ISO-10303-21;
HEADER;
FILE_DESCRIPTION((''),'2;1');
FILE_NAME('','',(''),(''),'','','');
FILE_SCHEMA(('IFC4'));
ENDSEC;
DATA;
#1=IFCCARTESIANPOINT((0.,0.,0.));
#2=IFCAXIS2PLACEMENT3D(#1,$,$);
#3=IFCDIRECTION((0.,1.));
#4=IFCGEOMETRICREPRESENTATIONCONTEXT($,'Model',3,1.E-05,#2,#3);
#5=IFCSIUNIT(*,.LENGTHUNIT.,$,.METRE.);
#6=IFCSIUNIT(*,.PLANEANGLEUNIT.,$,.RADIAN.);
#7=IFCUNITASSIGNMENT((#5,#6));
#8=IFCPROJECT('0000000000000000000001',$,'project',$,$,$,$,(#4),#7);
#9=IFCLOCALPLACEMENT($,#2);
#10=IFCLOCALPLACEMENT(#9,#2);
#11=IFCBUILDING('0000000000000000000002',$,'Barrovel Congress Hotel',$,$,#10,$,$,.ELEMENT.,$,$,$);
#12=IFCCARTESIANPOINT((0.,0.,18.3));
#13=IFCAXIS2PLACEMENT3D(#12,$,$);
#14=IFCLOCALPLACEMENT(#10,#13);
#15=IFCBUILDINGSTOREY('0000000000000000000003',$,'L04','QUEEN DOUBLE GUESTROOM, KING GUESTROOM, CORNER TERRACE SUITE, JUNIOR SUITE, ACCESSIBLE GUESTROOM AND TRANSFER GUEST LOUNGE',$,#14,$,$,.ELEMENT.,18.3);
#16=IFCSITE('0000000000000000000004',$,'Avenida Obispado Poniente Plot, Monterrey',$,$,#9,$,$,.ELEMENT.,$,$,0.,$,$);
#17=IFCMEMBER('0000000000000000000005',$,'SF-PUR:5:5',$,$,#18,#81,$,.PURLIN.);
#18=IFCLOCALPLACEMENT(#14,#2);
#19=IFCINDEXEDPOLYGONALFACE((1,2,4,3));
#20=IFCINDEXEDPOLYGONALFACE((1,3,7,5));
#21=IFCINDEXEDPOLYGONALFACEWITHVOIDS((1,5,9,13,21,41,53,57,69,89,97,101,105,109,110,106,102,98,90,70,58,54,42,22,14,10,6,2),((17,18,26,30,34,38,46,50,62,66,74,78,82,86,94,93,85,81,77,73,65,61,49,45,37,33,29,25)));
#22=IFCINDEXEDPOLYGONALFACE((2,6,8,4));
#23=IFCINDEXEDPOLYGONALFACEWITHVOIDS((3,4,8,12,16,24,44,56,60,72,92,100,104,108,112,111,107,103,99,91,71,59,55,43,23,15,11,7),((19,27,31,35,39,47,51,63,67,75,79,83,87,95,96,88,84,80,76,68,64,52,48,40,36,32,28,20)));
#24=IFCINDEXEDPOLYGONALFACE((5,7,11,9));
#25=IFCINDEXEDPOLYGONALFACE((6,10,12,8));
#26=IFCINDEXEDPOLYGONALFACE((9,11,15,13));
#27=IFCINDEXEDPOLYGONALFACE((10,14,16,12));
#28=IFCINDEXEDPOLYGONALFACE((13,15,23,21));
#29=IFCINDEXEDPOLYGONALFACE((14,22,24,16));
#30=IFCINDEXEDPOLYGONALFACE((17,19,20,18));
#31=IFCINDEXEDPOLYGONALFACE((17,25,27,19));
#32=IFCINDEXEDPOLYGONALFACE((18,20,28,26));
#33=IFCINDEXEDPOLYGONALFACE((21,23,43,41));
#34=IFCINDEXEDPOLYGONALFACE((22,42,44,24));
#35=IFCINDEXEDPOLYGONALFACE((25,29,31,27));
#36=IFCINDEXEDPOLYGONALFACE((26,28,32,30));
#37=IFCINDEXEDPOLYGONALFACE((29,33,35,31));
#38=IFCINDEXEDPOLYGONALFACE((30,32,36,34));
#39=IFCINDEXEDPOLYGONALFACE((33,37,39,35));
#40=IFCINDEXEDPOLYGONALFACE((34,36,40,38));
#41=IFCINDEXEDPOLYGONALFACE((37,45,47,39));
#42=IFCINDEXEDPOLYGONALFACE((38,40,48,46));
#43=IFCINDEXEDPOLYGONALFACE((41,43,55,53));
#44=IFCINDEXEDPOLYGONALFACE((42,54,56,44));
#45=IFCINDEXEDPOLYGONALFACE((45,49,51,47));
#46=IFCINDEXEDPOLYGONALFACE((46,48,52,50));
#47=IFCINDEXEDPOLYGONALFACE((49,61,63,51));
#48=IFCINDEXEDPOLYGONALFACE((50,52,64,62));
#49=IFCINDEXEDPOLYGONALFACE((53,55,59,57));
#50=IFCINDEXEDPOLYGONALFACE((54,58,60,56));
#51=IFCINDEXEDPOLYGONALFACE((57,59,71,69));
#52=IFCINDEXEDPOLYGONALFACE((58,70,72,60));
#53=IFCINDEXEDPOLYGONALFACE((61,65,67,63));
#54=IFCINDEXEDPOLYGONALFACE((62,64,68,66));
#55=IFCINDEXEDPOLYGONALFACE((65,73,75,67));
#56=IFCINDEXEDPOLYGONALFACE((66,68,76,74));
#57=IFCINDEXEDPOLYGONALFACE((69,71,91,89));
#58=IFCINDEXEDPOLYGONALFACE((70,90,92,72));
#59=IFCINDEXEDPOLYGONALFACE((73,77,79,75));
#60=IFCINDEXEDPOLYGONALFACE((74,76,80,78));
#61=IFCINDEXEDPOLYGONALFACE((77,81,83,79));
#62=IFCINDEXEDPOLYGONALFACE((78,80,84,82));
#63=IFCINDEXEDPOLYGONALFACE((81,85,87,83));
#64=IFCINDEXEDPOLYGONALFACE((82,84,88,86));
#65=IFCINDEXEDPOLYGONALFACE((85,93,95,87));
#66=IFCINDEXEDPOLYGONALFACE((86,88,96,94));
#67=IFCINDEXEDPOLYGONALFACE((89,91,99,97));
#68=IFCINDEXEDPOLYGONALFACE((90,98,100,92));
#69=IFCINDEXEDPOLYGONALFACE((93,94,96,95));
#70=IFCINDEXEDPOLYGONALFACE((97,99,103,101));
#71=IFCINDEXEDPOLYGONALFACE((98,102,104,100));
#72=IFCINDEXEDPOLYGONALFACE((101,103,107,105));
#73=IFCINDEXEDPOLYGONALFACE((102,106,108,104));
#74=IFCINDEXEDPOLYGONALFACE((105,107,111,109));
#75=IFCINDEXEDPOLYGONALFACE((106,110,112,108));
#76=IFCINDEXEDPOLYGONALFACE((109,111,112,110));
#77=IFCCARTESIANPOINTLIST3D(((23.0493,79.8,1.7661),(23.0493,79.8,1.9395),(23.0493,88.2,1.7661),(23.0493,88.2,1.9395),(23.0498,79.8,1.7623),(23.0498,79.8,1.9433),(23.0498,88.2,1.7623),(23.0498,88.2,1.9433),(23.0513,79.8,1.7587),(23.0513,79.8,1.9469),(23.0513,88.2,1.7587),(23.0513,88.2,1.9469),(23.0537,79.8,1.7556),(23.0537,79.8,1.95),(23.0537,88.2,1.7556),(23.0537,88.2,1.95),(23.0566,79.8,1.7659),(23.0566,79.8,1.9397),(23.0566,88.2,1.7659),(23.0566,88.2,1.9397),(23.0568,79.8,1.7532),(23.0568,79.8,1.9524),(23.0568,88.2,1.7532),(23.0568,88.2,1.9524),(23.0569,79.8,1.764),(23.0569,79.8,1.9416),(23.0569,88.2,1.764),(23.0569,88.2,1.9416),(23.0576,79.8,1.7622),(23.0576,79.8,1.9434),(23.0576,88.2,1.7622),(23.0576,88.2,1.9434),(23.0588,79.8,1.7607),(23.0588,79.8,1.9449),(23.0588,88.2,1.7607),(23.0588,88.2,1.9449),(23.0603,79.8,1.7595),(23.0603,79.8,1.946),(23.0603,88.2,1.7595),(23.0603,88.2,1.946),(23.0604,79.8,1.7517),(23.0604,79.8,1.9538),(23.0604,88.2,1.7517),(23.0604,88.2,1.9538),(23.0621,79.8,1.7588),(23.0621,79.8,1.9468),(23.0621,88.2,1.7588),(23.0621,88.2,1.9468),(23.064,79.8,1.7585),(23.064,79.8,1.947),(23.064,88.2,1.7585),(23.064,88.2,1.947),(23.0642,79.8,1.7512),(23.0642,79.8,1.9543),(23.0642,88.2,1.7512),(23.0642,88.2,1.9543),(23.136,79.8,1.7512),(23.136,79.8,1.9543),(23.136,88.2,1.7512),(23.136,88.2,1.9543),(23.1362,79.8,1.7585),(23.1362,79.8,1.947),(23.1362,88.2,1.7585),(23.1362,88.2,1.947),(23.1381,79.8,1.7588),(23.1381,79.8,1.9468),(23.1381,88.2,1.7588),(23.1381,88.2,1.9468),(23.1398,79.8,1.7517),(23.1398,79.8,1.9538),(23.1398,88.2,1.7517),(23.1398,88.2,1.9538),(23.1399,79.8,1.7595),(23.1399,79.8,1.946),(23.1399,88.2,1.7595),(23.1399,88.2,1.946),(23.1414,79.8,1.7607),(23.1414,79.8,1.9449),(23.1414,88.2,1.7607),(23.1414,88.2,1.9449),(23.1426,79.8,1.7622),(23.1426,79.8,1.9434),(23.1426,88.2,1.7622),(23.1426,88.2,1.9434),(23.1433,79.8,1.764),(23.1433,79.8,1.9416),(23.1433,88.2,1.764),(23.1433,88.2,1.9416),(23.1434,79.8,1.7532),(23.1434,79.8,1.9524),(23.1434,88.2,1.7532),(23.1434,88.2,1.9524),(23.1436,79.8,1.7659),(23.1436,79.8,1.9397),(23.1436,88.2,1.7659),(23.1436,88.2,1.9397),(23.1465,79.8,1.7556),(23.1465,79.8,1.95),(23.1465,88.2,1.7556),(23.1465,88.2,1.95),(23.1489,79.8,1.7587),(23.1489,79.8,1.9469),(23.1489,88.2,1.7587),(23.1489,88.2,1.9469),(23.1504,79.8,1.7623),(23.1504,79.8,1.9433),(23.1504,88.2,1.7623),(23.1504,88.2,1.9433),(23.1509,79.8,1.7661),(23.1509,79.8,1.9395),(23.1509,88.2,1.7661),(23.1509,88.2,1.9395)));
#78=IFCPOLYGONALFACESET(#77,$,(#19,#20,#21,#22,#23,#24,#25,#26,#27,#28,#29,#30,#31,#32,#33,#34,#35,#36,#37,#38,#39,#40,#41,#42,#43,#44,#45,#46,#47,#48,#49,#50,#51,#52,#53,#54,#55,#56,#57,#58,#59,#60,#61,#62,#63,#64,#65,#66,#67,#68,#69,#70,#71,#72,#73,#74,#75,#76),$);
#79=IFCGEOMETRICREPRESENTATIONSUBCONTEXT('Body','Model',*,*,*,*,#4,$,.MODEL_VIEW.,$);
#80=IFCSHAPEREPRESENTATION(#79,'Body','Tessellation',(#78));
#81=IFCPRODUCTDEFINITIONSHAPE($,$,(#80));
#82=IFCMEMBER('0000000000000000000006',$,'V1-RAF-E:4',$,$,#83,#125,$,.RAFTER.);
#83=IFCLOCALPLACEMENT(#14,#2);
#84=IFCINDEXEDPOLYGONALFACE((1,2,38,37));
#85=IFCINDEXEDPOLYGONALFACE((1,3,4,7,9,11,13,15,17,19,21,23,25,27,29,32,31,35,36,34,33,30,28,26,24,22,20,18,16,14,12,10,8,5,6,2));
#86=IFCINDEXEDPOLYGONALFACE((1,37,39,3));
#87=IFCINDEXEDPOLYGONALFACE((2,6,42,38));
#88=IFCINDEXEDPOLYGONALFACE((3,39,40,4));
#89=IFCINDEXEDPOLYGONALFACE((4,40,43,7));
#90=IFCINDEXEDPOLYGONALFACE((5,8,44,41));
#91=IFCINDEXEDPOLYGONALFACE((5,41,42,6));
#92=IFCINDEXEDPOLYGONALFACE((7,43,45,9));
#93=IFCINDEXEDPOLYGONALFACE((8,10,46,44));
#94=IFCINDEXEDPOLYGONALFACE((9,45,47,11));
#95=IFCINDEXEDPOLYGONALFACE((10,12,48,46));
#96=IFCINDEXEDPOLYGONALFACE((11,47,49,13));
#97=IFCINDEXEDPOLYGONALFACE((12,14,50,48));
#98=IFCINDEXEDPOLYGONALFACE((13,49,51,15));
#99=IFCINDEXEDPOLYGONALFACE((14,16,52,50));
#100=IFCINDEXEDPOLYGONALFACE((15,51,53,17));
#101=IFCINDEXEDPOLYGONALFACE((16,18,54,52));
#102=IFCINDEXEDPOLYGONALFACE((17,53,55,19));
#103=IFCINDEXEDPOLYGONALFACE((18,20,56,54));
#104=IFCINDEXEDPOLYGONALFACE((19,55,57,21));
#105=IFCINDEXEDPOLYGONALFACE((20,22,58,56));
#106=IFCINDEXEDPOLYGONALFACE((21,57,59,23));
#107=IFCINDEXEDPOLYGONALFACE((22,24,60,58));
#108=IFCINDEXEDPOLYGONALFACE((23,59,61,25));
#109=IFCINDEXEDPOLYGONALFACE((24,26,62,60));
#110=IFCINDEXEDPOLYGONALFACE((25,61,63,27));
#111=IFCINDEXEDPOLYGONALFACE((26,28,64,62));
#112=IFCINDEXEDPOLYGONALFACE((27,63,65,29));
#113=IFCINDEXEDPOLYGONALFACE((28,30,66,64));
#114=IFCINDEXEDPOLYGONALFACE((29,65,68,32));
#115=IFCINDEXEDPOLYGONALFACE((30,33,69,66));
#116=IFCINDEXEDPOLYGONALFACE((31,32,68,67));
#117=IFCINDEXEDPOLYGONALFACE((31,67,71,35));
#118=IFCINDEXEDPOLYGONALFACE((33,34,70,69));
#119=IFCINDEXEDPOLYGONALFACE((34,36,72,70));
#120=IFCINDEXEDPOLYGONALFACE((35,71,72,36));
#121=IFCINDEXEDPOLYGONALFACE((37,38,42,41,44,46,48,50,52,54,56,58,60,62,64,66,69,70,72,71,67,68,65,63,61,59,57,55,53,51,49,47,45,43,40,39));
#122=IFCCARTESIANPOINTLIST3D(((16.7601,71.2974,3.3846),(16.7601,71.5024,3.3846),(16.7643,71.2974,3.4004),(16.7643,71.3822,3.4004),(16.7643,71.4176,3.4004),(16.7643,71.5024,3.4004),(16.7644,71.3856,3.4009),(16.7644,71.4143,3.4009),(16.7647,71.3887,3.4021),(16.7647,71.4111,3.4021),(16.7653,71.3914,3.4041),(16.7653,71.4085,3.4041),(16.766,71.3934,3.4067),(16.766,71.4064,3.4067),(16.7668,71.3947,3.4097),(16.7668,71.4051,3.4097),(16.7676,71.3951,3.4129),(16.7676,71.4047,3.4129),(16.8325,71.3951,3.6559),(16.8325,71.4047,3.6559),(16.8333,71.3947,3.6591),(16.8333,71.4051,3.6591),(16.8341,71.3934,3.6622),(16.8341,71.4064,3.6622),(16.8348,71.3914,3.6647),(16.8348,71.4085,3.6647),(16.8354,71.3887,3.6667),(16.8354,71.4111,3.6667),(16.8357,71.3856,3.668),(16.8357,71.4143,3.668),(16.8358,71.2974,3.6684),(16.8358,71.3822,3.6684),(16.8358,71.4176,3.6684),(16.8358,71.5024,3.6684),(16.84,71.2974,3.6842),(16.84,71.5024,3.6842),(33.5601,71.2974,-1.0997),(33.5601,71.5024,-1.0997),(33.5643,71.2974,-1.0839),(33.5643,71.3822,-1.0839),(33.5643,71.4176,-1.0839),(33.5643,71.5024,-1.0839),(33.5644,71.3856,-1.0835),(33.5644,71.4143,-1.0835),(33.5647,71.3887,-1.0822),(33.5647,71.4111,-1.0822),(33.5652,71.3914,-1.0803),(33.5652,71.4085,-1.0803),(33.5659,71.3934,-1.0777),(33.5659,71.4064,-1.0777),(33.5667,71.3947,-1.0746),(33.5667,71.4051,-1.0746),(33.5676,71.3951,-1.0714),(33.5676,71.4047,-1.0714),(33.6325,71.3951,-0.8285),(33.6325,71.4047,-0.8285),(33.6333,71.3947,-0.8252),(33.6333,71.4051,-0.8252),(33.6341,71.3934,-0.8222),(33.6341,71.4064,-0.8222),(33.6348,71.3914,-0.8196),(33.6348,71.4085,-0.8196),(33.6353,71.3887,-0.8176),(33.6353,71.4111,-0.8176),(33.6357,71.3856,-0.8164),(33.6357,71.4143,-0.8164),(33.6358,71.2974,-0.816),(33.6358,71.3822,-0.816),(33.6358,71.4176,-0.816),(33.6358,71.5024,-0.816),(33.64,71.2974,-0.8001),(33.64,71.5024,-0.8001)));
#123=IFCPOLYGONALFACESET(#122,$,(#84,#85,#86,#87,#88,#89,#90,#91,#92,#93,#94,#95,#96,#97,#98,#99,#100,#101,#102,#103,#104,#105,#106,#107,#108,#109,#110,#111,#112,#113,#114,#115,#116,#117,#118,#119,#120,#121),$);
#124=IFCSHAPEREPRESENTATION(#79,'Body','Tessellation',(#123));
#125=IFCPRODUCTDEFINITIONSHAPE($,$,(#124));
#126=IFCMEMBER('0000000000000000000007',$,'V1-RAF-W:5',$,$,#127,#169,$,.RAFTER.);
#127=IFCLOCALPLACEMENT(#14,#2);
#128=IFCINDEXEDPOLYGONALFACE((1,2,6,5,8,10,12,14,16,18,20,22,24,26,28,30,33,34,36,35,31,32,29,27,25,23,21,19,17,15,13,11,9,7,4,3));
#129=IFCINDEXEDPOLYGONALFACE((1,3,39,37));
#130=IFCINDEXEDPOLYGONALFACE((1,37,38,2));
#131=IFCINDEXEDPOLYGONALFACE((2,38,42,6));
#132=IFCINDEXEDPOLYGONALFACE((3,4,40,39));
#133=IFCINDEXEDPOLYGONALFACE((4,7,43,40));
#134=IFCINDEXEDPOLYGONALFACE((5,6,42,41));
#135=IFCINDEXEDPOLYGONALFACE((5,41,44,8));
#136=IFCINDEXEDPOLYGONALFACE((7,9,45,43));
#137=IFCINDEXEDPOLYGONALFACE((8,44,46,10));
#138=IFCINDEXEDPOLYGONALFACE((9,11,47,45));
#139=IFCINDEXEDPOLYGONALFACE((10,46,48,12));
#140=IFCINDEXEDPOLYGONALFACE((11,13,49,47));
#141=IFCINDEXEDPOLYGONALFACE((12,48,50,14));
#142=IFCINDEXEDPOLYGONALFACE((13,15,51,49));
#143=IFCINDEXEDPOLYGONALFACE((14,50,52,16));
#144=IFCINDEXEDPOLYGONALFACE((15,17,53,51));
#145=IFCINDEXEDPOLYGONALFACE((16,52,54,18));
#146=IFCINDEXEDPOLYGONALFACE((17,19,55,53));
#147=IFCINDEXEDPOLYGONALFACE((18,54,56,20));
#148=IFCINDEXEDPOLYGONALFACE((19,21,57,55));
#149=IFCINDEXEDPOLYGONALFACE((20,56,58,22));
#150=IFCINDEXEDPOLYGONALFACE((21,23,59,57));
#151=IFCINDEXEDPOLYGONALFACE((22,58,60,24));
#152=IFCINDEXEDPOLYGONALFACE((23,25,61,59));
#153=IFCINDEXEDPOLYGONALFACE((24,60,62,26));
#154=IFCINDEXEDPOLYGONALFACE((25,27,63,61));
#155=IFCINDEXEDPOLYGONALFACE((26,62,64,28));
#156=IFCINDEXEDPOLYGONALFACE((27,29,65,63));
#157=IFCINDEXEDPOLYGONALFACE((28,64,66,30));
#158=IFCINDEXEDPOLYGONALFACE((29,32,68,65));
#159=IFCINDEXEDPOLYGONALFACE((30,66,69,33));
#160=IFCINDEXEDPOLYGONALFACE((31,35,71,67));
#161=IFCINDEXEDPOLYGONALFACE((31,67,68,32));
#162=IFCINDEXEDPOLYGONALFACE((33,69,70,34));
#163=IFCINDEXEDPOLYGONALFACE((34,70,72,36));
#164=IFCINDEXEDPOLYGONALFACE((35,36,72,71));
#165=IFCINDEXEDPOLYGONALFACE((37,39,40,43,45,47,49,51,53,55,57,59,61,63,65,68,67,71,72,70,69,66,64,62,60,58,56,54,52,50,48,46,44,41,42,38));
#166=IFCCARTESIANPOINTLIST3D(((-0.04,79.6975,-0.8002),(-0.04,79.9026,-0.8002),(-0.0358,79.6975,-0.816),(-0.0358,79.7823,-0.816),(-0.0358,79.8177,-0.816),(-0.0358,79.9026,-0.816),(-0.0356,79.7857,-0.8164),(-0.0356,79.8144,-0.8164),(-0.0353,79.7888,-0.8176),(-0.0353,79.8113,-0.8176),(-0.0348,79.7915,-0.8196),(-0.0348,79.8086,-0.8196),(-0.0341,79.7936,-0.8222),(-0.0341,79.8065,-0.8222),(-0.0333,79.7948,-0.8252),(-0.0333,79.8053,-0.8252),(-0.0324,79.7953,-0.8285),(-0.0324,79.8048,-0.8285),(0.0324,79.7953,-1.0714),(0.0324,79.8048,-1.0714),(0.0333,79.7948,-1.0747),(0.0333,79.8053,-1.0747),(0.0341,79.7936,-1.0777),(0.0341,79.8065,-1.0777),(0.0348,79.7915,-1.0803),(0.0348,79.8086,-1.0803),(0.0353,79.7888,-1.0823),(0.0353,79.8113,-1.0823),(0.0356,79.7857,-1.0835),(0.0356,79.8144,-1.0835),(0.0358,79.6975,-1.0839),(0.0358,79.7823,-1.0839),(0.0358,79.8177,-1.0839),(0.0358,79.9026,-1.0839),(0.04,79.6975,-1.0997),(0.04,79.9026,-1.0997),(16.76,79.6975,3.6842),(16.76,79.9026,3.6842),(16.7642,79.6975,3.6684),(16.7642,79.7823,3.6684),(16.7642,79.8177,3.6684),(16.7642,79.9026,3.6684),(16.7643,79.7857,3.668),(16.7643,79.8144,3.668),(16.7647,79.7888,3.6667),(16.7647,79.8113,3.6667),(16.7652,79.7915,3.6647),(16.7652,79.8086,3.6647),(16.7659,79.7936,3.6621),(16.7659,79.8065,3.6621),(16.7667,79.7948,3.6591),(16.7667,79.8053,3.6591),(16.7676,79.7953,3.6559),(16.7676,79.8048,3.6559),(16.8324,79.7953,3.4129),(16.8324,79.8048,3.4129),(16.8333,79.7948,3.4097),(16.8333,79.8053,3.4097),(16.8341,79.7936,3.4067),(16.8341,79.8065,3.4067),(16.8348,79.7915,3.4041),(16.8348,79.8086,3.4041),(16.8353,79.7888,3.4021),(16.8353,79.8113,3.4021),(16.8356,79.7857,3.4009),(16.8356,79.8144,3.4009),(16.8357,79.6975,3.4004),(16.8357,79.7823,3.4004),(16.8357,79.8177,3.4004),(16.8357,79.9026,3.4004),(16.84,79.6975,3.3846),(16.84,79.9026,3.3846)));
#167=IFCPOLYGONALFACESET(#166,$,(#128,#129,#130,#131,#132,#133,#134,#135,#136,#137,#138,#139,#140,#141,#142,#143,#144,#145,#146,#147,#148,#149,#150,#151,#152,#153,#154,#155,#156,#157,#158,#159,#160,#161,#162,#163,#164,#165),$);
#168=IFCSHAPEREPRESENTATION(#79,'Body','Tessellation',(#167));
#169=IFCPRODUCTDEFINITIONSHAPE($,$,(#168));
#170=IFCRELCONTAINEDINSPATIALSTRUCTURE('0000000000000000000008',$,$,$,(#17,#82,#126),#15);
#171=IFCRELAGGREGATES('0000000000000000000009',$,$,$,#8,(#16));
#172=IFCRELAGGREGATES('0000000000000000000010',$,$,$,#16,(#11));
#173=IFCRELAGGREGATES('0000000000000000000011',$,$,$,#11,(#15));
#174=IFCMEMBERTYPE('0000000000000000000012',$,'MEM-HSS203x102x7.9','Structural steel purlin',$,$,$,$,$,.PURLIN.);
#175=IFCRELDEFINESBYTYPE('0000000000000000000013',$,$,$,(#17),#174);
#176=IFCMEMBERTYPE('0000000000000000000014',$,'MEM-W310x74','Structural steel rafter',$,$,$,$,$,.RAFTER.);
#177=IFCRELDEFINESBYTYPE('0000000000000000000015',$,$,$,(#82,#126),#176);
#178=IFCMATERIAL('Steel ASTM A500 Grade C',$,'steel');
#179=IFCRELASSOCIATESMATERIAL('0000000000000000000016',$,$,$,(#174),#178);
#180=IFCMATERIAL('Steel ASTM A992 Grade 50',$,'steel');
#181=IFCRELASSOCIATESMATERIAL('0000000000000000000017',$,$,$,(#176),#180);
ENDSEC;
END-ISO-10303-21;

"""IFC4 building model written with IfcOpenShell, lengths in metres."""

from ifc_helpers import new_model, si_unit, direction, frame, origin, origin_2d, place, context, subcontext, project, spatial, hollow_rectangle, i_section, extrude, material, material_profile, profile_set, type_object, element, save


model = new_model("IFC4")

# Units and contexts
model_context = context("Model", 3, precision=1e-05, world=origin(), true_north=direction((0.0, 1.0)))
body_context = subcontext(model_context, "Body", "Model", "MODEL_VIEW")
ifc_project = project(units=[si_unit("LENGTHUNIT", "METRE"), si_unit("PLANEANGLEUNIT", "RADIAN")], contexts=[model_context])

# Site, building, storey
site_placement = place(None, origin())
site = spatial("IfcSite", under=ifc_project, at=site_placement, Name="Avenida Obispado Poniente Plot, Monterrey", CompositionType="ELEMENT", RefElevation=0.0)
building_placement = place(site_placement, origin())
building = spatial("IfcBuilding", under=site, at=building_placement, Name="Barrovel Congress Hotel", CompositionType="ELEMENT")
storey_placement = place(building_placement, frame((0.0, 0.0, 18.3)))
storey = spatial("IfcBuildingStorey", under=building, at=storey_placement, Name="L04", Description="QUEEN DOUBLE GUESTROOM, KING GUESTROOM, CORNER TERRACE SUITE, JUNIOR SUITE, ACCESSIBLE GUESTROOM AND TRANSFER GUEST LOUNGE", CompositionType="ELEMENT", Elevation=18.3)

# Members
ifc_material_1 = material(Name="Steel ASTM A500 Grade C", Category="steel")
ifc_material_profile_1 = material_profile(ifc_material_1, hollow_rectangle(XDim=0.1016, YDim=0.2031, WallThickness=0.0073, InnerFilletRadius=0.0073, OuterFilletRadius=0.0149, at=origin_2d()), Name="HSS203x102x7.9")
ifc_profile_set_1 = profile_set([ifc_material_profile_1], Name="Steel ASTM A500 Grade C")
member_type_1 = type_object("IfcMemberType", Name="MEM-HSS203x102x7.9", Description="Structural steel purlin", PredefinedType="PURLIN", material=ifc_profile_set_1)
member_1_placement = place(storey_placement, frame((23.1001, 79.8, 1.8528), z_axis=(0.0, 1.0, 0.0), x_axis=(-1.0, 0.0, 0.0)))
element("IfcMember", 1, at=member_1_placement, inside=storey, type_object=member_type_1, Name="SF-PUR:5:5", PredefinedType="PURLIN", context=body_context, shape_type="SweptSolid", body=[
    extrude(hollow_rectangle(XDim=0.1016, YDim=0.2031, WallThickness=0.0073, InnerFilletRadius=0.0073, OuterFilletRadius=0.0149, at=origin_2d()), origin(), (0.0, 0.0, 1.0), 8.3999),
])
ifc_material_2 = material(Name="Steel ASTM A992 Grade 50", Category="steel")
ifc_material_profile_2 = material_profile(ifc_material_2, i_section(OverallWidth=0.2051, OverallDepth=0.3101, WebThickness=0.0095, FlangeThickness=0.0164, FilletRadius=0.0129, at=origin_2d()), Name="W310x74")
ifc_profile_set_2 = profile_set([ifc_material_profile_2], Name="Steel ASTM A992 Grade 50")
member_type_2 = type_object("IfcMemberType", Name="MEM-W310x74", Description="Structural steel rafter", PredefinedType="RAFTER", material=ifc_profile_set_2)
for number, where, z_axis, x_axis, name in (
    (2, (16.8, 71.3999, 3.5344), (0.966172, 0.0, -0.257897), (0.0, 1.0, 0.0), "V1-RAF-E:4"),
    (3, (0.0, 79.8, -0.95), (0.966172, 0.0, 0.257897), (0.0, 1.0, 0.0), "V1-RAF-W:5"),
):
    element("IfcMember", number, at=place(storey_placement, frame(where, z_axis=z_axis, x_axis=x_axis)), inside=storey, type_object=member_type_2, Name=name, PredefinedType="RAFTER", context=body_context, shape_type="SweptSolid", body=[
        extrude(i_section(OverallWidth=0.2051, OverallDepth=0.3101, WebThickness=0.0095, FlangeThickness=0.0164, FilletRadius=0.0129, at=origin_2d()), origin(), (0.0, 0.0, 1.0), 17.3882),
    ])

save(model, "model.ifc")
